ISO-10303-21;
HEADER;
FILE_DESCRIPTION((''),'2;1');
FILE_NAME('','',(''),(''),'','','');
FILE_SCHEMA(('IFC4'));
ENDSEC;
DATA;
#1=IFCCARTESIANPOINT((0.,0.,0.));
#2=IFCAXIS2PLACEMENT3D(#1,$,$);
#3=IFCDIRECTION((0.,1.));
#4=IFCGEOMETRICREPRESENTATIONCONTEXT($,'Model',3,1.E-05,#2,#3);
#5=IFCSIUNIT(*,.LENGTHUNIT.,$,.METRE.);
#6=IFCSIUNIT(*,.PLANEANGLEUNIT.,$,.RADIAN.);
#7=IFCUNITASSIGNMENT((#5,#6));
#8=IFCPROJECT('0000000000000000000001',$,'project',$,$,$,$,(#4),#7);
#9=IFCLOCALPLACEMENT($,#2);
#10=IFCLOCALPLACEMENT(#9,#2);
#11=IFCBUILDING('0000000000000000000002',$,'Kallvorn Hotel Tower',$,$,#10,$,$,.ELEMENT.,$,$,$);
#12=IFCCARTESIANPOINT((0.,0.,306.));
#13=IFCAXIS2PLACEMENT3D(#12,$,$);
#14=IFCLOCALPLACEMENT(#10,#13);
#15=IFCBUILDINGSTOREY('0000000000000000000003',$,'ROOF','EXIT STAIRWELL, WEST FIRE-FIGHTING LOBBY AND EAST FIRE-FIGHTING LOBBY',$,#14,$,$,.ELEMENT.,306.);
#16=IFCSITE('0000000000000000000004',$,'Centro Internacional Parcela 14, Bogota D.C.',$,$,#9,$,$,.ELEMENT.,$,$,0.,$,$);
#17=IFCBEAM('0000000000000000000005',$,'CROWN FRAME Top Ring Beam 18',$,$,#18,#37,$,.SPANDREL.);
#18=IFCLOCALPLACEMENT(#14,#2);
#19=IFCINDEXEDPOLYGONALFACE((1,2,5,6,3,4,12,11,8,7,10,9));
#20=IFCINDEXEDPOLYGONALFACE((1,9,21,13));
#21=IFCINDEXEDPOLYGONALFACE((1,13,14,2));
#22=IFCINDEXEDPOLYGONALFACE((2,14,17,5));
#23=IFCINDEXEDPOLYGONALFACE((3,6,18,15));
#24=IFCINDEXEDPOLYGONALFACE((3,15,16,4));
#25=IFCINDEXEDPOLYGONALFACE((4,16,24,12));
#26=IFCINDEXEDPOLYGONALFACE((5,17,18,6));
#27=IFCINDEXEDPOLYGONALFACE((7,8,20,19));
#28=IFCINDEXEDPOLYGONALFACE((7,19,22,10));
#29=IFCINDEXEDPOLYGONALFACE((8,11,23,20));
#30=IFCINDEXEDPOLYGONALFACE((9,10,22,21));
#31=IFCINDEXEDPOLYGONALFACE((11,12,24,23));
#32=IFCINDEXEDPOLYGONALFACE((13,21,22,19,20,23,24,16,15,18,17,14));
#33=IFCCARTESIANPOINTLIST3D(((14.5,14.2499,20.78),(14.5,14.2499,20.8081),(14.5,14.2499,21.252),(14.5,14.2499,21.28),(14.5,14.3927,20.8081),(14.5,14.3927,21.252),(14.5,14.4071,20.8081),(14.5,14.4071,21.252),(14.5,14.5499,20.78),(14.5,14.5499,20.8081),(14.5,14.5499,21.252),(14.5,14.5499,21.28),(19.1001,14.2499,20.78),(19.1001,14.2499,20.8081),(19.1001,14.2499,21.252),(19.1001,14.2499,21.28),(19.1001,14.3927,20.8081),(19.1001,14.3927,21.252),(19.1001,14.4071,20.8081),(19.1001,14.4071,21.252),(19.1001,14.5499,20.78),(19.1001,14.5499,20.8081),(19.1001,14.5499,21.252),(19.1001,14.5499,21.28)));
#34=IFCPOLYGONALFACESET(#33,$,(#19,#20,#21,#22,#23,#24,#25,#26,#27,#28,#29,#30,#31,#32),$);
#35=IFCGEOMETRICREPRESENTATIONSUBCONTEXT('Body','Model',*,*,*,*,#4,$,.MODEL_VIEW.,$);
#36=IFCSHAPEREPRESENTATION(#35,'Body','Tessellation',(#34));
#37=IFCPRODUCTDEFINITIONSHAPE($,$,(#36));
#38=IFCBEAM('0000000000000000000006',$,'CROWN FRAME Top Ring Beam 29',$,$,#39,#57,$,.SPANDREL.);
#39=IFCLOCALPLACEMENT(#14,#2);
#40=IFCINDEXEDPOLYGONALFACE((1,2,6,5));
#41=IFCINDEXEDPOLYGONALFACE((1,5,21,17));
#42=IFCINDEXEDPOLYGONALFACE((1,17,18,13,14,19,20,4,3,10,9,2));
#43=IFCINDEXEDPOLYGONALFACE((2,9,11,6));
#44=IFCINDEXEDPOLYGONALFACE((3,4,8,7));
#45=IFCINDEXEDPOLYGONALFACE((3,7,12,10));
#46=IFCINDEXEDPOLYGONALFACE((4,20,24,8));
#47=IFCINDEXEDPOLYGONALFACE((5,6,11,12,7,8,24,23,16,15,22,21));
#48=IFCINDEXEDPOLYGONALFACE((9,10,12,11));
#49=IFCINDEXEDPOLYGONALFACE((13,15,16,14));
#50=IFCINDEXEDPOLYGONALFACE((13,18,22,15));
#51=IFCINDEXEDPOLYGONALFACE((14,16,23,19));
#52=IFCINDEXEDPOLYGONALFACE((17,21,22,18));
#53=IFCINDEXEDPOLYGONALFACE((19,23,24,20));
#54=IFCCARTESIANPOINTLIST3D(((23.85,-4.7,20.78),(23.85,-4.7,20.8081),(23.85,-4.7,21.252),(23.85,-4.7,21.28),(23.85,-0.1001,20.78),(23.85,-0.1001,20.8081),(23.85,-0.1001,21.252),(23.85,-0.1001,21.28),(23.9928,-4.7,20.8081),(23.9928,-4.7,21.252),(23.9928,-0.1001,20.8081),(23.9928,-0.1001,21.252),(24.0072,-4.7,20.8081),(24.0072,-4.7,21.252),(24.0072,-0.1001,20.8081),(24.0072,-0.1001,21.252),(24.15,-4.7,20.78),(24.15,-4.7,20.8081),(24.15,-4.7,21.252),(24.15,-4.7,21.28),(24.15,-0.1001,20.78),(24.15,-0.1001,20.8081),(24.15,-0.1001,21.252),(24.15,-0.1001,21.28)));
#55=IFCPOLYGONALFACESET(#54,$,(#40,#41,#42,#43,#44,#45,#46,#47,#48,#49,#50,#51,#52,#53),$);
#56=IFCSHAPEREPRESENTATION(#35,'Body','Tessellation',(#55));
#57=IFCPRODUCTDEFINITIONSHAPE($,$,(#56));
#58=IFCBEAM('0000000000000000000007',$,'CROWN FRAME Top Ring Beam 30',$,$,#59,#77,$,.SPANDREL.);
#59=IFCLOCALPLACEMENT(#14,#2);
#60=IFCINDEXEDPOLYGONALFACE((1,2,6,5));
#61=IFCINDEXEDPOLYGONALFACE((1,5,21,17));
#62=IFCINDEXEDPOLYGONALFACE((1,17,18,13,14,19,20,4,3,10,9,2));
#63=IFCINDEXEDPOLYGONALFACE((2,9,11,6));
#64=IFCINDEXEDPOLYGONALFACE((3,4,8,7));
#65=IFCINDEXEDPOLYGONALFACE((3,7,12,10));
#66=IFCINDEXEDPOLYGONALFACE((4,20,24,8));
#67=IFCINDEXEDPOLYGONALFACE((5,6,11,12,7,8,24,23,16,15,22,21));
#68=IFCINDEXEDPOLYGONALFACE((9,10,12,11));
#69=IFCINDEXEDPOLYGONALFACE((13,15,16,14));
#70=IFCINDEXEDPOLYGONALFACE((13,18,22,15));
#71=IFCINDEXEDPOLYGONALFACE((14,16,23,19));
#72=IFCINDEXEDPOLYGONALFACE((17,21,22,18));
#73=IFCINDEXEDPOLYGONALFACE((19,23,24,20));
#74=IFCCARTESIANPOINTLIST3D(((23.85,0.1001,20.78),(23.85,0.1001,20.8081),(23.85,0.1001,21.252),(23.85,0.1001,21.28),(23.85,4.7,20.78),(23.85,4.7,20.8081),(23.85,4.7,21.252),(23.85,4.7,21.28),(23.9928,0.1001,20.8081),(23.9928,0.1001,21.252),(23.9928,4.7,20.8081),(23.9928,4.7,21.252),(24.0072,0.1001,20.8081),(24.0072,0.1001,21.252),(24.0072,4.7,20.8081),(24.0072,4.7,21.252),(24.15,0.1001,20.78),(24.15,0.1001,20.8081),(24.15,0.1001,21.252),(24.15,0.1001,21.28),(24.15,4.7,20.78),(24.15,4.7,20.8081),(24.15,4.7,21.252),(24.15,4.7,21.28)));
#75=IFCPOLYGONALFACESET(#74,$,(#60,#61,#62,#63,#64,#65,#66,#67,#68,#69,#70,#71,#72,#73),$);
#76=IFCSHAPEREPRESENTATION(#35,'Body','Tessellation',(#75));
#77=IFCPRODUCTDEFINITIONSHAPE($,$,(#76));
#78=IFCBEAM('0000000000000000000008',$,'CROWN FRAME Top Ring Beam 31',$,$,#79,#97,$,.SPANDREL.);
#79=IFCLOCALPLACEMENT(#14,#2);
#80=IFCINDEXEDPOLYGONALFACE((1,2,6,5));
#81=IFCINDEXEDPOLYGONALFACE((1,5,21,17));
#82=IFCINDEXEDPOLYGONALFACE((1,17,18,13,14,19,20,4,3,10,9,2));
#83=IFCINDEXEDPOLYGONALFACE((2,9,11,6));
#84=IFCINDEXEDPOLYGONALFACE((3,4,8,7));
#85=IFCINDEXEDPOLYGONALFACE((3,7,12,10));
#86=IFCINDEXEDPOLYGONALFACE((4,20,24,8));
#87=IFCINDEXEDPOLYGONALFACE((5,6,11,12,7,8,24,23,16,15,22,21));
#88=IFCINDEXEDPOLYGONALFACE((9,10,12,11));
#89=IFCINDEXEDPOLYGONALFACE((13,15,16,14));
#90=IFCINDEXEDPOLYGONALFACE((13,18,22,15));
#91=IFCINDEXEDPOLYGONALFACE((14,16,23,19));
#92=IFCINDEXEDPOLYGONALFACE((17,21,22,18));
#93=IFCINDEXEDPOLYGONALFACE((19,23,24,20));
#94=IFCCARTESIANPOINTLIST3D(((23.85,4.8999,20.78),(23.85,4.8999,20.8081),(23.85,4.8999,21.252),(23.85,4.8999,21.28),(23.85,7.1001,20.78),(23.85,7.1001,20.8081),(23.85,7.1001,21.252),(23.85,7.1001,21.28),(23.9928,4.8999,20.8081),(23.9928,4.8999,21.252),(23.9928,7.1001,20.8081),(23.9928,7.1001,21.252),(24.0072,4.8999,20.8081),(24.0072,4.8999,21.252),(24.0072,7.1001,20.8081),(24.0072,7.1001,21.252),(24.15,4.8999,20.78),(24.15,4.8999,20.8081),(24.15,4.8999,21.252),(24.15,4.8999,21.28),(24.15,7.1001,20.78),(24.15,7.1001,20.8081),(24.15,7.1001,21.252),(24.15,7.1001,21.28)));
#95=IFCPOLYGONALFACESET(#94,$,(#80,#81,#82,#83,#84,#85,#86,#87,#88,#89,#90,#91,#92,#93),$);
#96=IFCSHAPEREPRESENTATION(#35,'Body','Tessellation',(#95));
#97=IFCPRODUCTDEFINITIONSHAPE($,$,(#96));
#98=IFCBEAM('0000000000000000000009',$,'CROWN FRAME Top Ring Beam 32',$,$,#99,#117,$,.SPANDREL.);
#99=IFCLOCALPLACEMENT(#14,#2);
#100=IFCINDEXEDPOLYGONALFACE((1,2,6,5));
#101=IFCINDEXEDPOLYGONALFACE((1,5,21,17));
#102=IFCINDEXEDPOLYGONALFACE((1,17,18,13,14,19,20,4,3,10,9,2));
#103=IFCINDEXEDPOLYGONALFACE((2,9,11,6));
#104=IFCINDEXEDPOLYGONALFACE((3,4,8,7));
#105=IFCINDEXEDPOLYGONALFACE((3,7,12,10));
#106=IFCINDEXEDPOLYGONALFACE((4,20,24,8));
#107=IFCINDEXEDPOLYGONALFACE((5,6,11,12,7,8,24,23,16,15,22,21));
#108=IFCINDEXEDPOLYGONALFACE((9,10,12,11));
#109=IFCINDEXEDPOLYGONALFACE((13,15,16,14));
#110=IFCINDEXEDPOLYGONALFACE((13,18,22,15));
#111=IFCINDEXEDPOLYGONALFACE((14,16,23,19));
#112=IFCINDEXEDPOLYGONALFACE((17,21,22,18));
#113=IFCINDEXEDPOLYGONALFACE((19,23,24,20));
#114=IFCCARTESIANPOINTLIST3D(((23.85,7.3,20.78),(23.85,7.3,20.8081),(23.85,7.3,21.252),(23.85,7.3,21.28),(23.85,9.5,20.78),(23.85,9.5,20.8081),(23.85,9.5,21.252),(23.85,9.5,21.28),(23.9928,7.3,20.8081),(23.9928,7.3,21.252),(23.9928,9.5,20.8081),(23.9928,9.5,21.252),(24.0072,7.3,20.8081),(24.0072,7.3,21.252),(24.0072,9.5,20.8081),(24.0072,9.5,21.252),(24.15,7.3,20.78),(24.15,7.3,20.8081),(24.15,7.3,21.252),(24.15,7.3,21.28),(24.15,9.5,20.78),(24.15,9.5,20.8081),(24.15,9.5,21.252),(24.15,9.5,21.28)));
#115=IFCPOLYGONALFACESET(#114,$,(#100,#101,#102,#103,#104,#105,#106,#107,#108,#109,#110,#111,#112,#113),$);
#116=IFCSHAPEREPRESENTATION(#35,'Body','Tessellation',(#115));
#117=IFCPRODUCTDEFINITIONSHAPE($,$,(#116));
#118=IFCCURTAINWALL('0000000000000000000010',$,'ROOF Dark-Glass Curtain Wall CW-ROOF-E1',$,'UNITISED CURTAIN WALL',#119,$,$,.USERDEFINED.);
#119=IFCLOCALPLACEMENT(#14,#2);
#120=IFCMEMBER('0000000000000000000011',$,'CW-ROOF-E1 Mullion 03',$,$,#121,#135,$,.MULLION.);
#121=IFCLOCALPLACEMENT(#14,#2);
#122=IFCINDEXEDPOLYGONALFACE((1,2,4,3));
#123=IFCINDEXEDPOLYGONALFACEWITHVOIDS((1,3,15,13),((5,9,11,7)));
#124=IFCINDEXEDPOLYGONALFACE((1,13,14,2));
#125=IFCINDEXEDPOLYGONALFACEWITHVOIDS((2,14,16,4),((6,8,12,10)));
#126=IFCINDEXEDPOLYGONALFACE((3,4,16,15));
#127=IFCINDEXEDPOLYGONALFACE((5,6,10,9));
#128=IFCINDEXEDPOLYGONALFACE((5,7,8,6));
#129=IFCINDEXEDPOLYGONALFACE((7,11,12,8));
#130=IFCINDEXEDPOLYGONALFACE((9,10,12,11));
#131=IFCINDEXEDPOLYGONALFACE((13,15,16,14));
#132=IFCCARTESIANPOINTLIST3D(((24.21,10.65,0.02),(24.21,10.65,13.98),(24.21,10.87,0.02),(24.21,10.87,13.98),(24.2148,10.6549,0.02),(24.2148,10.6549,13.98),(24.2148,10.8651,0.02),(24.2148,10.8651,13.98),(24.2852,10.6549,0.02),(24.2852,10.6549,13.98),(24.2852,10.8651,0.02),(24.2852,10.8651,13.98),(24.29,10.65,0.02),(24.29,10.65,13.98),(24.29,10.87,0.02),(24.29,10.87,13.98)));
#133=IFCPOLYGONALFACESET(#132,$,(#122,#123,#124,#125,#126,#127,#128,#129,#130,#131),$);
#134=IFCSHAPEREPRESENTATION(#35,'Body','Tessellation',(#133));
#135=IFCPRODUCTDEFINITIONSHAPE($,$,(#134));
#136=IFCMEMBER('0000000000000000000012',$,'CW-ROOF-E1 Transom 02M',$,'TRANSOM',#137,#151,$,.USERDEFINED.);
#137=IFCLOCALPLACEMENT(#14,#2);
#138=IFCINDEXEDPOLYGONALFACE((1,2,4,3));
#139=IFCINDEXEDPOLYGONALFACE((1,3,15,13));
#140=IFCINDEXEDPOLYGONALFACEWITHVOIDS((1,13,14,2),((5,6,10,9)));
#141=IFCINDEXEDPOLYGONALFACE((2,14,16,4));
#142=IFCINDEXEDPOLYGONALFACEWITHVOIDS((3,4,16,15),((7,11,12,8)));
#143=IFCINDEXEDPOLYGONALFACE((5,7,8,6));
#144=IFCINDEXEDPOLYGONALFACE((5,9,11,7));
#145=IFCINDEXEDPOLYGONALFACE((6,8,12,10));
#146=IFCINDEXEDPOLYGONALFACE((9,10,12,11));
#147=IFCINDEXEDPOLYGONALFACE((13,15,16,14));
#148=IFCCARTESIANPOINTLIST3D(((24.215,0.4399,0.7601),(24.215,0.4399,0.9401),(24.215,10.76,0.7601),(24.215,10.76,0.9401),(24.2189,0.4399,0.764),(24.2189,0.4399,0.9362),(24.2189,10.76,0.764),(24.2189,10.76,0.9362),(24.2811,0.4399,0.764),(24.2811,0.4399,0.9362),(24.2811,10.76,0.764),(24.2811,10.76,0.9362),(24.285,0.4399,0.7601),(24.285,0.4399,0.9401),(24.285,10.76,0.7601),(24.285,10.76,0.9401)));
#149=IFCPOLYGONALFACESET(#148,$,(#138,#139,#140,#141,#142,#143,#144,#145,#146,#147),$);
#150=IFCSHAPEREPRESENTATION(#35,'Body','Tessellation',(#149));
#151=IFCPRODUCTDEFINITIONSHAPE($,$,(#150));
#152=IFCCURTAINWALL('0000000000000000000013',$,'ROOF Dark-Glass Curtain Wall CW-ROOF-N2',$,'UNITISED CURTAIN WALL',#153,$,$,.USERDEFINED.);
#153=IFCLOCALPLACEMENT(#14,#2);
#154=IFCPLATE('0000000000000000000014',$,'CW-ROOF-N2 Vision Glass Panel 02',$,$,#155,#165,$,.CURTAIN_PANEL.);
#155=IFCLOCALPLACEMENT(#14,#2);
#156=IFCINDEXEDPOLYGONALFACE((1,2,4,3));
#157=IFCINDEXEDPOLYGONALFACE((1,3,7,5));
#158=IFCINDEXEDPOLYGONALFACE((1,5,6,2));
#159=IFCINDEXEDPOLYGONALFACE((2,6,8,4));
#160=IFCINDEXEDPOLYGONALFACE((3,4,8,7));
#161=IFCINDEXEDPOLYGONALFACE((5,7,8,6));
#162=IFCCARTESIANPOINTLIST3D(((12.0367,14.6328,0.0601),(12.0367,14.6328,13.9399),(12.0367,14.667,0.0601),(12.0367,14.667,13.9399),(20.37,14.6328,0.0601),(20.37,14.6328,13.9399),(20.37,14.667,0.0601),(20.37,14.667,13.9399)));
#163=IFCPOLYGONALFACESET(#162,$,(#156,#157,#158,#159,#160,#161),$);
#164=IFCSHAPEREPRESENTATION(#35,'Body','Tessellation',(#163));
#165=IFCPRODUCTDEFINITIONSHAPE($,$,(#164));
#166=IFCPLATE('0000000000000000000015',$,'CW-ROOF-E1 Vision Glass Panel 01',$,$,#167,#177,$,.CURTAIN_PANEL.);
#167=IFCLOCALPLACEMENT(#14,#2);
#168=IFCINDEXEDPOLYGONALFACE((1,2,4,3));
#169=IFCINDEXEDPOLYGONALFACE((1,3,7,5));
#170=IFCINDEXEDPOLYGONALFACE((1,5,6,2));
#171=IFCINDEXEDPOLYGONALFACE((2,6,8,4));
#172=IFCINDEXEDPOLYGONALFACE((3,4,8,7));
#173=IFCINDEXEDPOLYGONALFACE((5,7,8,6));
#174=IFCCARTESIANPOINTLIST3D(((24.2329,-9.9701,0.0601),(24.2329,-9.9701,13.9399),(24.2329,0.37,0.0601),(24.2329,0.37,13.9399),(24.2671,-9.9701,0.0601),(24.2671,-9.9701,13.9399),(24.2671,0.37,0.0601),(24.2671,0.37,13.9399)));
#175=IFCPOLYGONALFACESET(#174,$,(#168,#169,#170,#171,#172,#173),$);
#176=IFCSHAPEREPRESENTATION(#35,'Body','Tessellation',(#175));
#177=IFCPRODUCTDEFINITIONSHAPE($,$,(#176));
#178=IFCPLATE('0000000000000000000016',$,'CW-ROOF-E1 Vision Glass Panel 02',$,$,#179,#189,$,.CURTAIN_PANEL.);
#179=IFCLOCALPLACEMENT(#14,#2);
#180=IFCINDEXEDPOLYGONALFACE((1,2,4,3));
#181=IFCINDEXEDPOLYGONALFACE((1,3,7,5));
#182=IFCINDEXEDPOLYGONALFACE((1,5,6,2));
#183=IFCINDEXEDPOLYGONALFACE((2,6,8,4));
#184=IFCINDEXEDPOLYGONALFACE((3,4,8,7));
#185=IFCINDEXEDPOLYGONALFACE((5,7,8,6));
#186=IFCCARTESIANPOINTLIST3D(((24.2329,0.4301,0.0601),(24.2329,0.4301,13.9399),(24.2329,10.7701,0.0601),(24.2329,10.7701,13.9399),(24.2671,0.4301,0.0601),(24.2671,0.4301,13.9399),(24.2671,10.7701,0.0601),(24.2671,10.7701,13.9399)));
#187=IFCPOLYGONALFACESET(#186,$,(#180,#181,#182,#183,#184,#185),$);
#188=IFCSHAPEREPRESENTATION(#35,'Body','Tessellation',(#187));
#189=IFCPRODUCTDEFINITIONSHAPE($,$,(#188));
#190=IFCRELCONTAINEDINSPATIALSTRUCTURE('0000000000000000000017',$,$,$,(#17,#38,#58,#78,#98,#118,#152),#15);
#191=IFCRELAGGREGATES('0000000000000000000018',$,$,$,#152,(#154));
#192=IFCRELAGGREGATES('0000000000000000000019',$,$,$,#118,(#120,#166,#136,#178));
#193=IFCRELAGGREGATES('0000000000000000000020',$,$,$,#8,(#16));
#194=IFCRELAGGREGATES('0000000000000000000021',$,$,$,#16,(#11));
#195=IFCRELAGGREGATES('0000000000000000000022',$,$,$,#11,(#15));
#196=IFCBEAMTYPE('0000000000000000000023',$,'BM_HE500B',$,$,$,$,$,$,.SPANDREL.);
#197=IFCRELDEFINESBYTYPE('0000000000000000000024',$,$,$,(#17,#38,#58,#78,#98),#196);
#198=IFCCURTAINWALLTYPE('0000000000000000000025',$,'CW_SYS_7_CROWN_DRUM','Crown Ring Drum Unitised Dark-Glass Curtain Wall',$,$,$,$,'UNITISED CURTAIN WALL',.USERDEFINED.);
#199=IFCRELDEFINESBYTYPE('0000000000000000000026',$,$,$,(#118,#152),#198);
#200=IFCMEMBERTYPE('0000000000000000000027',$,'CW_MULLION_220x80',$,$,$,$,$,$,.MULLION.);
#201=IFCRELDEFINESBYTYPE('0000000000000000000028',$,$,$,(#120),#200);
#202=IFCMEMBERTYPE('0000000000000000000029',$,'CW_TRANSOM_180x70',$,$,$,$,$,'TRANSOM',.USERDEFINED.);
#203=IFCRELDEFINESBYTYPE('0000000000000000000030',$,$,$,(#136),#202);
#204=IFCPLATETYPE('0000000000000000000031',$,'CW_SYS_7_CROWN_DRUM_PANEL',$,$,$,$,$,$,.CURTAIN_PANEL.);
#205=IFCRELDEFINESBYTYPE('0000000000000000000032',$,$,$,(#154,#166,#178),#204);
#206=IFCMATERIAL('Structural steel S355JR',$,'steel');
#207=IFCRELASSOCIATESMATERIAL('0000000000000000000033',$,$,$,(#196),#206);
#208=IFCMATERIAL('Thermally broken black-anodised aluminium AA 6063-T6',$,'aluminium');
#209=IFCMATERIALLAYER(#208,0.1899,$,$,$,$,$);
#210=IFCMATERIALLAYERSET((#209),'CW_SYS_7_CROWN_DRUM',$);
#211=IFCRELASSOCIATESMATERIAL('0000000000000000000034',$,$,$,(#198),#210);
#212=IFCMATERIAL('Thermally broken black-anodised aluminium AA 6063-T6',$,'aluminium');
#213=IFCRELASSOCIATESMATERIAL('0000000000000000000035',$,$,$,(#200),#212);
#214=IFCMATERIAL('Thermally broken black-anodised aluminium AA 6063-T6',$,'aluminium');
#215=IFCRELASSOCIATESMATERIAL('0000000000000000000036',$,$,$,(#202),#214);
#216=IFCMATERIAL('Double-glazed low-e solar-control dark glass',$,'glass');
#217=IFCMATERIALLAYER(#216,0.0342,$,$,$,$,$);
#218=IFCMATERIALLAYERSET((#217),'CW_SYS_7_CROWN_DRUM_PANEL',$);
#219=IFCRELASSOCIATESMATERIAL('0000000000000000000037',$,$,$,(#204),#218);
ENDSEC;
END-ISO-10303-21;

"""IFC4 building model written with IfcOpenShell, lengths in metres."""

from ifc_helpers import new_model, si_unit, direction, frame, origin, origin_2d, place, context, subcontext, project, spatial, rectangle, hollow_rectangle, i_section, extrude, material, layer, layer_set, material_profile, profile_set, type_object, element, aggregate, save


model = new_model("IFC4")

# Units and contexts
model_context = context("Model", 3, precision=1e-05, world=origin(), true_north=direction((0.0, 1.0)))
body_context = subcontext(model_context, "Body", "Model", "MODEL_VIEW")
ifc_project = project(units=[si_unit("LENGTHUNIT", "METRE"), si_unit("PLANEANGLEUNIT", "RADIAN")], contexts=[model_context])

# Site, building, storey
site_placement = place(None, origin())
site = spatial("IfcSite", under=ifc_project, at=site_placement, Name="Centro Internacional Parcela 14, Bogota D.C.", CompositionType="ELEMENT", RefElevation=0.0)
building_placement = place(site_placement, origin())
building = spatial("IfcBuilding", under=site, at=building_placement, Name="Kallvorn Hotel Tower", CompositionType="ELEMENT")
storey_placement = place(building_placement, frame((0.0, 0.0, 306.0)))
storey = spatial("IfcBuildingStorey", under=building, at=storey_placement, Name="ROOF", Description="EXIT STAIRWELL, WEST FIRE-FIGHTING LOBBY AND EAST FIRE-FIGHTING LOBBY", CompositionType="ELEMENT", Elevation=306.0)

# Beams
ifc_material_1 = material(Name="Structural steel S355JR", Category="steel")
ifc_material_profile_1 = material_profile(ifc_material_1, i_section(OverallWidth=0.3, OverallDepth=0.5, WebThickness=0.0144, FlangeThickness=0.0281, at=origin_2d()), Name="HE 500 B")
ifc_profile_set_1 = profile_set([ifc_material_profile_1], Name="Structural steel S355JR")
beam_type = type_object("IfcBeamType", Name="BM_HE500B", PredefinedType="SPANDREL", material=ifc_profile_set_1)
beam_1_placement = place(storey_placement, frame((14.5, 14.3999, 21.03), z_axis=(1.0, 0.0, 0.0), x_axis=(0.0, 1.0, 0.0)))
element("IfcBeam", 1, at=beam_1_placement, inside=storey, type_object=beam_type, Name="CROWN FRAME Top Ring Beam 18", PredefinedType="SPANDREL", context=body_context, shape_type="SweptSolid", body=[
    extrude(i_section(OverallWidth=0.3, OverallDepth=0.5, WebThickness=0.0144, FlangeThickness=0.0281, at=origin_2d()), origin(), (0.0, 0.0, 1.0), 4.6001),
])
for number, where, z_axis, x_axis, name in (
    (2, (24.0, -4.7, 21.03), (0.0, 1.0, 0.0), (-1.0, 0.0, 0.0), "CROWN FRAME Top Ring Beam 29"),
    (3, (24.0, 0.1001, 21.03), (0.0, 1.0, 0.0), (-1.0, 0.0, 0.0), "CROWN FRAME Top Ring Beam 30"),
):
    element("IfcBeam", number, at=place(storey_placement, frame(where, z_axis=z_axis, x_axis=x_axis)), inside=storey, type_object=beam_type, Name=name, PredefinedType="SPANDREL", context=body_context, shape_type="SweptSolid", body=[
        extrude(i_section(OverallWidth=0.3, OverallDepth=0.5, WebThickness=0.0144, FlangeThickness=0.0281, at=origin_2d()), origin(), (0.0, 0.0, 1.0), 4.5999),
    ])
beam_2_placement = place(storey_placement, frame((24.0, 4.8999, 21.03), z_axis=(0.0, 1.0, 0.0), x_axis=(-1.0, 0.0, 0.0)))
element("IfcBeam", 4, at=beam_2_placement, inside=storey, type_object=beam_type, Name="CROWN FRAME Top Ring Beam 31", PredefinedType="SPANDREL", context=body_context, shape_type="SweptSolid", body=[
    extrude(i_section(OverallWidth=0.3, OverallDepth=0.5, WebThickness=0.0144, FlangeThickness=0.0281, at=origin_2d()), origin(), (0.0, 0.0, 1.0), 2.2002),
])
beam_3_placement = place(storey_placement, frame((24.0, 7.3, 21.03), z_axis=(0.0, 1.0, 0.0), x_axis=(-1.0, 0.0, 0.0)))
element("IfcBeam", 5, at=beam_3_placement, inside=storey, type_object=beam_type, Name="CROWN FRAME Top Ring Beam 32", PredefinedType="SPANDREL", context=body_context, shape_type="SweptSolid", body=[
    extrude(i_section(OverallWidth=0.3, OverallDepth=0.5, WebThickness=0.0144, FlangeThickness=0.0281, at=origin_2d()), origin(), (0.0, 0.0, 1.0), 2.2),
])

# Curtain wall, members
ifc_material_2 = material(Name="Thermally broken black-anodised aluminium AA 6063-T6", Category="aluminium")
ifc_layer_1 = layer(ifc_material_2, 0.1899)
ifc_layer_set_1 = layer_set([ifc_layer_1], Name="CW_SYS_7_CROWN_DRUM")
curtain_wall_type = type_object("IfcCurtainWallType", Name="CW_SYS_7_CROWN_DRUM", Description="Crown Ring Drum Unitised Dark-Glass Curtain Wall", ElementType="UNITISED CURTAIN WALL", PredefinedType="USERDEFINED", material=ifc_layer_set_1)
curtain_wall_1_placement = place(storey_placement, origin())
curtain_wall_1 = element("IfcCurtainWall", 6, at=curtain_wall_1_placement, inside=storey, type_object=curtain_wall_type, Name="ROOF Dark-Glass Curtain Wall CW-ROOF-E1", ObjectType="UNITISED CURTAIN WALL", PredefinedType="USERDEFINED")
ifc_material_3 = material(Name="Thermally broken black-anodised aluminium AA 6063-T6", Category="aluminium")
ifc_material_profile_2 = material_profile(ifc_material_3, hollow_rectangle(XDim=0.0801, YDim=0.22, WallThickness=0.0049, at=origin_2d()), Name="MUL 220x80")
ifc_profile_set_2 = profile_set([ifc_material_profile_2], Name="Thermally broken black-anodised aluminium AA 6063-T6")
member_type_1 = type_object("IfcMemberType", Name="CW_MULLION_220x80", PredefinedType="MULLION", material=ifc_profile_set_2)
member_1_placement = place(storey_placement, frame((24.25, 10.76, 0.02), z_axis=(0.0, 0.0, 1.0), x_axis=(1.0, 0.0, 0.0)))
member_1 = element("IfcMember", 7, at=member_1_placement, type_object=member_type_1, Name="CW-ROOF-E1 Mullion 03", PredefinedType="MULLION", context=body_context, shape_type="SweptSolid", body=[
    extrude(hollow_rectangle(XDim=0.0801, YDim=0.22, WallThickness=0.0049, at=origin_2d()), origin(), (0.0, 0.0, 1.0), 13.96),
])
ifc_material_4 = material(Name="Thermally broken black-anodised aluminium AA 6063-T6", Category="aluminium")
ifc_material_profile_3 = material_profile(ifc_material_4, hollow_rectangle(XDim=0.0701, YDim=0.1799, WallThickness=0.0039, at=origin_2d()), Name="TRN 180x70")
ifc_profile_set_3 = profile_set([ifc_material_profile_3], Name="Thermally broken black-anodised aluminium AA 6063-T6")
member_type_2 = type_object("IfcMemberType", Name="CW_TRANSOM_180x70", ElementType="TRANSOM", PredefinedType="USERDEFINED", material=ifc_profile_set_3)
member_2_placement = place(storey_placement, frame((24.25, 0.4399, 0.8501), z_axis=(0.0, 1.0, 0.0), x_axis=(-1.0, 0.0, 0.0)))
member_2 = element("IfcMember", 8, at=member_2_placement, type_object=member_type_2, Name="CW-ROOF-E1 Transom 02M", ObjectType="TRANSOM", PredefinedType="USERDEFINED", context=body_context, shape_type="SweptSolid", body=[
    extrude(hollow_rectangle(XDim=0.0701, YDim=0.1799, WallThickness=0.0039, at=origin_2d()), origin(), (0.0, 0.0, 1.0), 10.3201),
])

# Curtain wall, plate
curtain_wall_2_placement = place(storey_placement, origin())
curtain_wall_2 = element("IfcCurtainWall", 9, at=curtain_wall_2_placement, inside=storey, type_object=curtain_wall_type, Name="ROOF Dark-Glass Curtain Wall CW-ROOF-N2", ObjectType="UNITISED CURTAIN WALL", PredefinedType="USERDEFINED")
ifc_material_5 = material(Name="Double-glazed low-e solar-control dark glass", Category="glass")
ifc_layer_2 = layer(ifc_material_5, 0.0342)
ifc_layer_set_2 = layer_set([ifc_layer_2], Name="CW_SYS_7_CROWN_DRUM_PANEL")
plate_type_1 = type_object("IfcPlateType", Name="CW_SYS_7_CROWN_DRUM_PANEL", PredefinedType="CURTAIN_PANEL", material=ifc_layer_set_2)
plate_1_placement = place(storey_placement, frame((16.2034, 14.6499, 0.0601), z_axis=(0.0, 0.0, 1.0), x_axis=(1.0, 0.0, 0.0)))
plate_1 = element("IfcPlate", 10, at=plate_1_placement, type_object=plate_type_1, Name="CW-ROOF-N2 Vision Glass Panel 02", PredefinedType="CURTAIN_PANEL", context=body_context, shape_type="SweptSolid", body=[
    extrude(rectangle(XDim=8.3333, YDim=0.0342, at=origin_2d()), origin(), (0.0, 0.0, 1.0), 13.8799),
])
aggregate(curtain_wall_2, [plate_1])

# Plates
plate_2_placement = place(storey_placement, frame((24.25, -4.8, 0.0601), z_axis=(0.0, 0.0, 1.0), x_axis=(0.0, 1.0, 0.0)))
plate_2 = element("IfcPlate", 11, at=plate_2_placement, type_object=plate_type_1, Name="CW-ROOF-E1 Vision Glass Panel 01", PredefinedType="CURTAIN_PANEL", context=body_context, shape_type="SweptSolid", body=[
    extrude(rectangle(XDim=10.3401, YDim=0.0342, at=origin_2d()), origin(), (0.0, 0.0, 1.0), 13.8799),
])
plate_3_placement = place(storey_placement, frame((24.25, 5.6001, 0.0601), z_axis=(0.0, 0.0, 1.0), x_axis=(0.0, 1.0, 0.0)))
plate_3 = element("IfcPlate", 12, at=plate_3_placement, type_object=plate_type_1, Name="CW-ROOF-E1 Vision Glass Panel 02", PredefinedType="CURTAIN_PANEL", context=body_context, shape_type="SweptSolid", body=[
    extrude(rectangle(XDim=10.3401, YDim=0.0342, at=origin_2d()), origin(), (0.0, 0.0, 1.0), 13.8799),
])
aggregate(curtain_wall_1, [member_1, plate_2, member_2, plate_3])

save(model, "model.ifc")
